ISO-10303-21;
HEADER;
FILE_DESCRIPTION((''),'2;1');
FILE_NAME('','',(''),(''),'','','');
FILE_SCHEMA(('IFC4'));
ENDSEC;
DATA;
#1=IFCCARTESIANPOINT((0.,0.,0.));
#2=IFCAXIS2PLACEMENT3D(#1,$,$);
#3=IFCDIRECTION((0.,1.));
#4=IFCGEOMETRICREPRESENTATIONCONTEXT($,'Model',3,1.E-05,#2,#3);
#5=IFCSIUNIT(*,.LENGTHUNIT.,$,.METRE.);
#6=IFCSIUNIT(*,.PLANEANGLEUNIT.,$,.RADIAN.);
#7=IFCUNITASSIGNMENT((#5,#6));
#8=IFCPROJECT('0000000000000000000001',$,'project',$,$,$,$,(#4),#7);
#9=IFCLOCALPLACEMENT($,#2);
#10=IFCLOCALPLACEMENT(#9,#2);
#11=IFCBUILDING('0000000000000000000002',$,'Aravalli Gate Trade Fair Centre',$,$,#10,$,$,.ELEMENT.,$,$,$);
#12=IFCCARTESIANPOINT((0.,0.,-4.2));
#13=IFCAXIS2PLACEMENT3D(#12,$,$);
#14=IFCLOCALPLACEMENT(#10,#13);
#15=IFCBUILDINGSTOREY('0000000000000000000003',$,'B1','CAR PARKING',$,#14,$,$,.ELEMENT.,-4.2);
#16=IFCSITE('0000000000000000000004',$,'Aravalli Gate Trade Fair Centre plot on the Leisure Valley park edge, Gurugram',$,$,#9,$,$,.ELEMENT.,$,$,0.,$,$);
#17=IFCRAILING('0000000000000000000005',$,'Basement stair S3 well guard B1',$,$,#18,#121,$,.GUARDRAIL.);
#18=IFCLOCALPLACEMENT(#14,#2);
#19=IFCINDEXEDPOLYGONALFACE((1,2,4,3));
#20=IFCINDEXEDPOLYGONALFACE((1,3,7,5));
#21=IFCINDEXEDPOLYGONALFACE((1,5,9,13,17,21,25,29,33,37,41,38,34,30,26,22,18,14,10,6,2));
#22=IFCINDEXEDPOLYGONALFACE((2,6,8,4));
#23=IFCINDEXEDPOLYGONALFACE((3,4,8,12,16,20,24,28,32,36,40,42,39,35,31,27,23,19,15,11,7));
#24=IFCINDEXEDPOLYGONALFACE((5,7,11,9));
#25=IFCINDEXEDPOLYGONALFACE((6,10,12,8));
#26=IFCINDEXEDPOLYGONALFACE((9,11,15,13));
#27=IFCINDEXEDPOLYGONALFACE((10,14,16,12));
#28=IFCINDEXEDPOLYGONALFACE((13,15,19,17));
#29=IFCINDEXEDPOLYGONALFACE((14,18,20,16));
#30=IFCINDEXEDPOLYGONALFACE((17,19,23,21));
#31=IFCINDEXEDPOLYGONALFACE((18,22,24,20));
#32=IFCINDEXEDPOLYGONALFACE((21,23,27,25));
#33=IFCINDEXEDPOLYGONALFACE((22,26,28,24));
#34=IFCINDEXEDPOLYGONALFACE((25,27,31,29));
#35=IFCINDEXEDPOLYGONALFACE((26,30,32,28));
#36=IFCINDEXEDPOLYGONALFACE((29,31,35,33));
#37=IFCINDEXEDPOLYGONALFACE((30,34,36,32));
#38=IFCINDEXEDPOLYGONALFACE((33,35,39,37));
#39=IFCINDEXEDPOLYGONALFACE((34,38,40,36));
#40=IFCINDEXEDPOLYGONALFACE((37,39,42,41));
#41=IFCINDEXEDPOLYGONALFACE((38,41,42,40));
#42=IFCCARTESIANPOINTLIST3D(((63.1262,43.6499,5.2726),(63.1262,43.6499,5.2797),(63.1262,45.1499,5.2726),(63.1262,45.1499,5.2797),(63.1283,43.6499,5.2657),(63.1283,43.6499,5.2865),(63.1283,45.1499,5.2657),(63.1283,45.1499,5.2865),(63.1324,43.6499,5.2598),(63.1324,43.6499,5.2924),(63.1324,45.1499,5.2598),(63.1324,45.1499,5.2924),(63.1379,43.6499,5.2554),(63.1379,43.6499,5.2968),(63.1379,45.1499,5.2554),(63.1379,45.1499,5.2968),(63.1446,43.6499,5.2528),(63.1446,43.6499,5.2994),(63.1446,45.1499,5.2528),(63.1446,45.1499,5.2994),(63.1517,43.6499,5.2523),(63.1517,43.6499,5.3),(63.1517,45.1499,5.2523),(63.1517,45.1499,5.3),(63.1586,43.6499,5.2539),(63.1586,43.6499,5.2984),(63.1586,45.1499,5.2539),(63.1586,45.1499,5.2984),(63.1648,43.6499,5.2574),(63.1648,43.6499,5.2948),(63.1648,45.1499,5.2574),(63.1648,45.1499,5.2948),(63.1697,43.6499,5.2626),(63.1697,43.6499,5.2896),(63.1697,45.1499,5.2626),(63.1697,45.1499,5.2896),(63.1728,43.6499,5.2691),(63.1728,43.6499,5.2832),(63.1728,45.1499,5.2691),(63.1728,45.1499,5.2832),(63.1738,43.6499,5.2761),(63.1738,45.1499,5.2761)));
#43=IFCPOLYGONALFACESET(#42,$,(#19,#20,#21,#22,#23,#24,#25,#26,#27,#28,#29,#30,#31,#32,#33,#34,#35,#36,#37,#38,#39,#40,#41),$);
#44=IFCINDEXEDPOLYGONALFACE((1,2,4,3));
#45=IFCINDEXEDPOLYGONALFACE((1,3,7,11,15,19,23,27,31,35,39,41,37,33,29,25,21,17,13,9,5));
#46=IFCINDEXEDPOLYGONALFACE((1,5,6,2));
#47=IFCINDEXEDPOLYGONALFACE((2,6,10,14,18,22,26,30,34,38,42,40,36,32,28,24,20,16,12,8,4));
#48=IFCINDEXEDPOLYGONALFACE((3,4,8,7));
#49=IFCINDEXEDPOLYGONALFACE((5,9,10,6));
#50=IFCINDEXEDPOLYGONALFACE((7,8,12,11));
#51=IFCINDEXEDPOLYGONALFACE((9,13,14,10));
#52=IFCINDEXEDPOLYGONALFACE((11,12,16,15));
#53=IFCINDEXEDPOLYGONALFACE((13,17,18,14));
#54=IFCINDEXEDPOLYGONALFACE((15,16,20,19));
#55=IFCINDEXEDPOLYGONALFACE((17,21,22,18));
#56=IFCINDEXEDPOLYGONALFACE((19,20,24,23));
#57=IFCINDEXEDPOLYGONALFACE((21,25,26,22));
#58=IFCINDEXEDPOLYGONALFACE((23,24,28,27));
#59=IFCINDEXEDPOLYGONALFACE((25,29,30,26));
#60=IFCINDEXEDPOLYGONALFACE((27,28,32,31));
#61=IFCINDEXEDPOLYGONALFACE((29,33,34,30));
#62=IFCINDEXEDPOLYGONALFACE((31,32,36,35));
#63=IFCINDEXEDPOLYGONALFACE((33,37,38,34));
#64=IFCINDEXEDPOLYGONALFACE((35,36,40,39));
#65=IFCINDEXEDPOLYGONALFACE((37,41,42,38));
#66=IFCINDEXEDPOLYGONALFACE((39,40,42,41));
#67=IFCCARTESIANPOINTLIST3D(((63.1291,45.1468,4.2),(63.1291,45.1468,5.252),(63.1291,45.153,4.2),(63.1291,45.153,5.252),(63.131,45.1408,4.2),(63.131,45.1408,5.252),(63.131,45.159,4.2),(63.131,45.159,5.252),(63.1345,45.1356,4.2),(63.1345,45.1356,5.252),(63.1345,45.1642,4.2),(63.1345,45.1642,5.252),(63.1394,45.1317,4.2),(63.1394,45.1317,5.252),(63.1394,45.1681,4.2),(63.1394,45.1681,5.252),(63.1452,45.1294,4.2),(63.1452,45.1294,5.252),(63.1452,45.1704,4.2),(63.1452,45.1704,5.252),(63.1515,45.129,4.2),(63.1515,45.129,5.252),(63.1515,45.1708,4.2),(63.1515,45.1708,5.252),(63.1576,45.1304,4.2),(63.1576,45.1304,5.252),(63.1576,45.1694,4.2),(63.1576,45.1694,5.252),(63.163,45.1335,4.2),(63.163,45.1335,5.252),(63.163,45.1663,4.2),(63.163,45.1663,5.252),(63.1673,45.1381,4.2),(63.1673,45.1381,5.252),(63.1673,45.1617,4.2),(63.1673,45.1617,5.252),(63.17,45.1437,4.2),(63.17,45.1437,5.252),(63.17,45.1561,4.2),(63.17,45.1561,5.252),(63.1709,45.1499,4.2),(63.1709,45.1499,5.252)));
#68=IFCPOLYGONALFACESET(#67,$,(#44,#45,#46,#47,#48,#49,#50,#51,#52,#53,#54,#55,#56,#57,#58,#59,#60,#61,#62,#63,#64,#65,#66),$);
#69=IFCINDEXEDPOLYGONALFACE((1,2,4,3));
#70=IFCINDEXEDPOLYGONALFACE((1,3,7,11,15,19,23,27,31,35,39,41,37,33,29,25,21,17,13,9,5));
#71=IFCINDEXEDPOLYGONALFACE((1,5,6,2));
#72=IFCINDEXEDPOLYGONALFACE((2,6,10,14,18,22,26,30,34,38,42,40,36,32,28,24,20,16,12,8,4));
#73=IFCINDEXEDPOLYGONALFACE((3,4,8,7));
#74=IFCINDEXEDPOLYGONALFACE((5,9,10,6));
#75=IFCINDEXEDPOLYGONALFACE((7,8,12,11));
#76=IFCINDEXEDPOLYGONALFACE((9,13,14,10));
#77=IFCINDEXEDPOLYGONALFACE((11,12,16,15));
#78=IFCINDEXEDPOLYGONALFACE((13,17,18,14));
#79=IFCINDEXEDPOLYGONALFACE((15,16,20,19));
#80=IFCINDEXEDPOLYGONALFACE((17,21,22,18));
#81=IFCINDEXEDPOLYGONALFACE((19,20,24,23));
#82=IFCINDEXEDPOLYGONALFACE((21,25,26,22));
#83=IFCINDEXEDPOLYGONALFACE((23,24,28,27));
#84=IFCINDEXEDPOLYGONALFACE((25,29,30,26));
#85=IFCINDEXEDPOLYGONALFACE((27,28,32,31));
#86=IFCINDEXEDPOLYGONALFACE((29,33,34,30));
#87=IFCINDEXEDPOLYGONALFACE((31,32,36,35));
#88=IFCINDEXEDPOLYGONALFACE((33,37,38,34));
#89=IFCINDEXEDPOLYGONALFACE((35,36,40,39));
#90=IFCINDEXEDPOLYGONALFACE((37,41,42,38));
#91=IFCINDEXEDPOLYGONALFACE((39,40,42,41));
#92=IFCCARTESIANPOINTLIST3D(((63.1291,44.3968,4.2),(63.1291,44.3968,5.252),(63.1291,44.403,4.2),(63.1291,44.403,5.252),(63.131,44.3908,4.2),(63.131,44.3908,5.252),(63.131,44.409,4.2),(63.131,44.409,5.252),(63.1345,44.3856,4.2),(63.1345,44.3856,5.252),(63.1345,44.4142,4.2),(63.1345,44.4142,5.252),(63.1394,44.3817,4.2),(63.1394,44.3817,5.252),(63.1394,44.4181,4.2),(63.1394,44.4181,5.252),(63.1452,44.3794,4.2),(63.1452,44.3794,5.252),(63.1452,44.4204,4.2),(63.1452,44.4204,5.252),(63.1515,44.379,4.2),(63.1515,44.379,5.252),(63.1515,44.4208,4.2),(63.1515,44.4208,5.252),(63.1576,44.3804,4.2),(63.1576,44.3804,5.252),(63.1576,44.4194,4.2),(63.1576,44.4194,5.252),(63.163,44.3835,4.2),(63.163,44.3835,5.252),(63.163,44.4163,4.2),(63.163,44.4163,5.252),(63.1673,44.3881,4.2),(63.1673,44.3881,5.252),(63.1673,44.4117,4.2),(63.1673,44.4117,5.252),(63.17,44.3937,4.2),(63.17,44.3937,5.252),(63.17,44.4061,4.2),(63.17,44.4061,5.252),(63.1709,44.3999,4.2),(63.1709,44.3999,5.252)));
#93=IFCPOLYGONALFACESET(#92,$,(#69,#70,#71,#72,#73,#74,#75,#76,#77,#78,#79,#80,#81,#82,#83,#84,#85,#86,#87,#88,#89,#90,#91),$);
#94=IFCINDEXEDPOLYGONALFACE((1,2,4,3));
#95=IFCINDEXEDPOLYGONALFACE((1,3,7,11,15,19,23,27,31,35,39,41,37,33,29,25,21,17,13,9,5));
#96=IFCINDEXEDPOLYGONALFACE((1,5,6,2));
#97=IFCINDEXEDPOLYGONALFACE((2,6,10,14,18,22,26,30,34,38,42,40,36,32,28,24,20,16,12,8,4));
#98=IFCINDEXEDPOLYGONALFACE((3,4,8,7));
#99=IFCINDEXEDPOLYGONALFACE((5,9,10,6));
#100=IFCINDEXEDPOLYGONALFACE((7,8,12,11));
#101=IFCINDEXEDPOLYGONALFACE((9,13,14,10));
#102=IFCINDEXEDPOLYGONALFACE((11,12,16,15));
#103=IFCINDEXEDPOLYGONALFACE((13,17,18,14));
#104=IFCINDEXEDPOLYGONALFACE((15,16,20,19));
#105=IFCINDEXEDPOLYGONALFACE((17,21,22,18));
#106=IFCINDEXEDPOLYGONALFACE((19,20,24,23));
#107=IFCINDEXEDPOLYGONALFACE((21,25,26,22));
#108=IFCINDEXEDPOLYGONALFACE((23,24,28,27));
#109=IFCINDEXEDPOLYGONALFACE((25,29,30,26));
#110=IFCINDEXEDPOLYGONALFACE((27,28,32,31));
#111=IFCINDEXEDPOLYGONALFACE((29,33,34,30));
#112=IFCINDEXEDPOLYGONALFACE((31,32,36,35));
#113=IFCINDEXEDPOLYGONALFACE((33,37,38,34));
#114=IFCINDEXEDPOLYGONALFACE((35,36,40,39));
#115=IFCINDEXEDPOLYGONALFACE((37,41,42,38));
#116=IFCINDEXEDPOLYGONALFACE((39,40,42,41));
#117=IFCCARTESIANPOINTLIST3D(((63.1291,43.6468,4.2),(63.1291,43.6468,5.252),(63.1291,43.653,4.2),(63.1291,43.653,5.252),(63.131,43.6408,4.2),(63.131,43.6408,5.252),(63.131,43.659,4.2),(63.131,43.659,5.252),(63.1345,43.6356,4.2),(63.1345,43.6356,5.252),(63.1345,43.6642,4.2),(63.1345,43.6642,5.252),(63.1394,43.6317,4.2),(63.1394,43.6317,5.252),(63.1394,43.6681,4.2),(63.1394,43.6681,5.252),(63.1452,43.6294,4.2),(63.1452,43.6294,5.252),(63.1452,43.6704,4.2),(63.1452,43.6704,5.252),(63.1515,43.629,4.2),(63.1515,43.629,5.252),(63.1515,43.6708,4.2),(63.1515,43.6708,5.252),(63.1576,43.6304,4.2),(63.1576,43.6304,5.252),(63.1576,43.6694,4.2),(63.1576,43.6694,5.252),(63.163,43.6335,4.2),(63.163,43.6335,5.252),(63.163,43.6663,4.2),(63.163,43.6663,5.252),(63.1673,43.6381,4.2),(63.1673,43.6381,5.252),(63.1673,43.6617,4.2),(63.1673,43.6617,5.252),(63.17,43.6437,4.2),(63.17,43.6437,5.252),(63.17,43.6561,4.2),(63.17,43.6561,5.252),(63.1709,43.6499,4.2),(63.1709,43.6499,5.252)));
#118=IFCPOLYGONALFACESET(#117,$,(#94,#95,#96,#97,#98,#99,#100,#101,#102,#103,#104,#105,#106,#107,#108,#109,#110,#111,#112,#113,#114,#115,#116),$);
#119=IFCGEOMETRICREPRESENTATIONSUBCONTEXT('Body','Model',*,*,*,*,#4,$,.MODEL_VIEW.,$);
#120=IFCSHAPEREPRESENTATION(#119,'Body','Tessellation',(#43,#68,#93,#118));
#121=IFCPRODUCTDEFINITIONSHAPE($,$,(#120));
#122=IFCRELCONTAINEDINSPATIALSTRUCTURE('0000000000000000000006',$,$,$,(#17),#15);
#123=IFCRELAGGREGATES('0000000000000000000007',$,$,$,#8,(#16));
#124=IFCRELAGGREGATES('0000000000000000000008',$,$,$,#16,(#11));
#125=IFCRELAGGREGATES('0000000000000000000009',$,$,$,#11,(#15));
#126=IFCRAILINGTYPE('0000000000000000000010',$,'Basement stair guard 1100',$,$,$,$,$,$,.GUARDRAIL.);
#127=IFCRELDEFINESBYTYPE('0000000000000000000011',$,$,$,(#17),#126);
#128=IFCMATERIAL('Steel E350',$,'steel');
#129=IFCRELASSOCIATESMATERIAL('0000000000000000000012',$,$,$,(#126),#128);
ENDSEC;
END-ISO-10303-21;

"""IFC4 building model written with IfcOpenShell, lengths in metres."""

from ifc_helpers import new_model, si_unit, direction, frame, origin, origin_2d, place, context, subcontext, project, spatial, circle, extrude, material, type_object, element, save


model = new_model("IFC4")

# Units and contexts
model_context = context("Model", 3, precision=1e-05, world=origin(), true_north=direction((0.0, 1.0)))
body_context = subcontext(model_context, "Body", "Model", "MODEL_VIEW")
ifc_project = project(units=[si_unit("LENGTHUNIT", "METRE"), si_unit("PLANEANGLEUNIT", "RADIAN")], contexts=[model_context])

# Site, building, storey
site_placement = place(None, origin())
site = spatial("IfcSite", under=ifc_project, at=site_placement, Name="Aravalli Gate Trade Fair Centre plot on the Leisure Valley park edge, Gurugram", CompositionType="ELEMENT", RefElevation=0.0)
building_placement = place(site_placement, origin())
building = spatial("IfcBuilding", under=site, at=building_placement, Name="Aravalli Gate Trade Fair Centre", CompositionType="ELEMENT")
storey_placement = place(building_placement, frame((0.0, 0.0, -4.2)))
storey = spatial("IfcBuildingStorey", under=building, at=storey_placement, Name="B1", Description="CAR PARKING", CompositionType="ELEMENT", Elevation=-4.2)

# Railing
ifc_material_1 = material(Name="Steel E350", Category="steel")
railing_type = type_object("IfcRailingType", Name="Basement stair guard 1100", PredefinedType="GUARDRAIL", material=ifc_material_1)
railing_1_placement = place(storey_placement, frame((63.1499, 45.1499, 4.2)))
element("IfcRailing", 1, at=railing_1_placement, inside=storey, type_object=railing_type, Name="Basement stair S3 well guard B1", PredefinedType="GUARDRAIL", context=body_context, shape_type="SweptSolid", body=[
    extrude(circle(Radius=0.0239, at=origin_2d()), frame((0.0, 0.0, 1.0762), z_axis=(0.0, -1.0, 0.0), x_axis=(1.0, 0.0, 0.0)), (0.0, 0.0, 1.0), 1.5),
    extrude(circle(Radius=0.021, at=origin_2d()), origin(), (0.0, 0.0, 1.0), 1.052),
    extrude(circle(Radius=0.021, at=origin_2d()), frame((0.0, -0.75, 0.0)), (0.0, 0.0, 1.0), 1.052),
    extrude(circle(Radius=0.021, at=origin_2d()), frame((0.0, -1.5, 0.0)), (0.0, 0.0, 1.0), 1.052),
])

save(model, "model.ifc")
